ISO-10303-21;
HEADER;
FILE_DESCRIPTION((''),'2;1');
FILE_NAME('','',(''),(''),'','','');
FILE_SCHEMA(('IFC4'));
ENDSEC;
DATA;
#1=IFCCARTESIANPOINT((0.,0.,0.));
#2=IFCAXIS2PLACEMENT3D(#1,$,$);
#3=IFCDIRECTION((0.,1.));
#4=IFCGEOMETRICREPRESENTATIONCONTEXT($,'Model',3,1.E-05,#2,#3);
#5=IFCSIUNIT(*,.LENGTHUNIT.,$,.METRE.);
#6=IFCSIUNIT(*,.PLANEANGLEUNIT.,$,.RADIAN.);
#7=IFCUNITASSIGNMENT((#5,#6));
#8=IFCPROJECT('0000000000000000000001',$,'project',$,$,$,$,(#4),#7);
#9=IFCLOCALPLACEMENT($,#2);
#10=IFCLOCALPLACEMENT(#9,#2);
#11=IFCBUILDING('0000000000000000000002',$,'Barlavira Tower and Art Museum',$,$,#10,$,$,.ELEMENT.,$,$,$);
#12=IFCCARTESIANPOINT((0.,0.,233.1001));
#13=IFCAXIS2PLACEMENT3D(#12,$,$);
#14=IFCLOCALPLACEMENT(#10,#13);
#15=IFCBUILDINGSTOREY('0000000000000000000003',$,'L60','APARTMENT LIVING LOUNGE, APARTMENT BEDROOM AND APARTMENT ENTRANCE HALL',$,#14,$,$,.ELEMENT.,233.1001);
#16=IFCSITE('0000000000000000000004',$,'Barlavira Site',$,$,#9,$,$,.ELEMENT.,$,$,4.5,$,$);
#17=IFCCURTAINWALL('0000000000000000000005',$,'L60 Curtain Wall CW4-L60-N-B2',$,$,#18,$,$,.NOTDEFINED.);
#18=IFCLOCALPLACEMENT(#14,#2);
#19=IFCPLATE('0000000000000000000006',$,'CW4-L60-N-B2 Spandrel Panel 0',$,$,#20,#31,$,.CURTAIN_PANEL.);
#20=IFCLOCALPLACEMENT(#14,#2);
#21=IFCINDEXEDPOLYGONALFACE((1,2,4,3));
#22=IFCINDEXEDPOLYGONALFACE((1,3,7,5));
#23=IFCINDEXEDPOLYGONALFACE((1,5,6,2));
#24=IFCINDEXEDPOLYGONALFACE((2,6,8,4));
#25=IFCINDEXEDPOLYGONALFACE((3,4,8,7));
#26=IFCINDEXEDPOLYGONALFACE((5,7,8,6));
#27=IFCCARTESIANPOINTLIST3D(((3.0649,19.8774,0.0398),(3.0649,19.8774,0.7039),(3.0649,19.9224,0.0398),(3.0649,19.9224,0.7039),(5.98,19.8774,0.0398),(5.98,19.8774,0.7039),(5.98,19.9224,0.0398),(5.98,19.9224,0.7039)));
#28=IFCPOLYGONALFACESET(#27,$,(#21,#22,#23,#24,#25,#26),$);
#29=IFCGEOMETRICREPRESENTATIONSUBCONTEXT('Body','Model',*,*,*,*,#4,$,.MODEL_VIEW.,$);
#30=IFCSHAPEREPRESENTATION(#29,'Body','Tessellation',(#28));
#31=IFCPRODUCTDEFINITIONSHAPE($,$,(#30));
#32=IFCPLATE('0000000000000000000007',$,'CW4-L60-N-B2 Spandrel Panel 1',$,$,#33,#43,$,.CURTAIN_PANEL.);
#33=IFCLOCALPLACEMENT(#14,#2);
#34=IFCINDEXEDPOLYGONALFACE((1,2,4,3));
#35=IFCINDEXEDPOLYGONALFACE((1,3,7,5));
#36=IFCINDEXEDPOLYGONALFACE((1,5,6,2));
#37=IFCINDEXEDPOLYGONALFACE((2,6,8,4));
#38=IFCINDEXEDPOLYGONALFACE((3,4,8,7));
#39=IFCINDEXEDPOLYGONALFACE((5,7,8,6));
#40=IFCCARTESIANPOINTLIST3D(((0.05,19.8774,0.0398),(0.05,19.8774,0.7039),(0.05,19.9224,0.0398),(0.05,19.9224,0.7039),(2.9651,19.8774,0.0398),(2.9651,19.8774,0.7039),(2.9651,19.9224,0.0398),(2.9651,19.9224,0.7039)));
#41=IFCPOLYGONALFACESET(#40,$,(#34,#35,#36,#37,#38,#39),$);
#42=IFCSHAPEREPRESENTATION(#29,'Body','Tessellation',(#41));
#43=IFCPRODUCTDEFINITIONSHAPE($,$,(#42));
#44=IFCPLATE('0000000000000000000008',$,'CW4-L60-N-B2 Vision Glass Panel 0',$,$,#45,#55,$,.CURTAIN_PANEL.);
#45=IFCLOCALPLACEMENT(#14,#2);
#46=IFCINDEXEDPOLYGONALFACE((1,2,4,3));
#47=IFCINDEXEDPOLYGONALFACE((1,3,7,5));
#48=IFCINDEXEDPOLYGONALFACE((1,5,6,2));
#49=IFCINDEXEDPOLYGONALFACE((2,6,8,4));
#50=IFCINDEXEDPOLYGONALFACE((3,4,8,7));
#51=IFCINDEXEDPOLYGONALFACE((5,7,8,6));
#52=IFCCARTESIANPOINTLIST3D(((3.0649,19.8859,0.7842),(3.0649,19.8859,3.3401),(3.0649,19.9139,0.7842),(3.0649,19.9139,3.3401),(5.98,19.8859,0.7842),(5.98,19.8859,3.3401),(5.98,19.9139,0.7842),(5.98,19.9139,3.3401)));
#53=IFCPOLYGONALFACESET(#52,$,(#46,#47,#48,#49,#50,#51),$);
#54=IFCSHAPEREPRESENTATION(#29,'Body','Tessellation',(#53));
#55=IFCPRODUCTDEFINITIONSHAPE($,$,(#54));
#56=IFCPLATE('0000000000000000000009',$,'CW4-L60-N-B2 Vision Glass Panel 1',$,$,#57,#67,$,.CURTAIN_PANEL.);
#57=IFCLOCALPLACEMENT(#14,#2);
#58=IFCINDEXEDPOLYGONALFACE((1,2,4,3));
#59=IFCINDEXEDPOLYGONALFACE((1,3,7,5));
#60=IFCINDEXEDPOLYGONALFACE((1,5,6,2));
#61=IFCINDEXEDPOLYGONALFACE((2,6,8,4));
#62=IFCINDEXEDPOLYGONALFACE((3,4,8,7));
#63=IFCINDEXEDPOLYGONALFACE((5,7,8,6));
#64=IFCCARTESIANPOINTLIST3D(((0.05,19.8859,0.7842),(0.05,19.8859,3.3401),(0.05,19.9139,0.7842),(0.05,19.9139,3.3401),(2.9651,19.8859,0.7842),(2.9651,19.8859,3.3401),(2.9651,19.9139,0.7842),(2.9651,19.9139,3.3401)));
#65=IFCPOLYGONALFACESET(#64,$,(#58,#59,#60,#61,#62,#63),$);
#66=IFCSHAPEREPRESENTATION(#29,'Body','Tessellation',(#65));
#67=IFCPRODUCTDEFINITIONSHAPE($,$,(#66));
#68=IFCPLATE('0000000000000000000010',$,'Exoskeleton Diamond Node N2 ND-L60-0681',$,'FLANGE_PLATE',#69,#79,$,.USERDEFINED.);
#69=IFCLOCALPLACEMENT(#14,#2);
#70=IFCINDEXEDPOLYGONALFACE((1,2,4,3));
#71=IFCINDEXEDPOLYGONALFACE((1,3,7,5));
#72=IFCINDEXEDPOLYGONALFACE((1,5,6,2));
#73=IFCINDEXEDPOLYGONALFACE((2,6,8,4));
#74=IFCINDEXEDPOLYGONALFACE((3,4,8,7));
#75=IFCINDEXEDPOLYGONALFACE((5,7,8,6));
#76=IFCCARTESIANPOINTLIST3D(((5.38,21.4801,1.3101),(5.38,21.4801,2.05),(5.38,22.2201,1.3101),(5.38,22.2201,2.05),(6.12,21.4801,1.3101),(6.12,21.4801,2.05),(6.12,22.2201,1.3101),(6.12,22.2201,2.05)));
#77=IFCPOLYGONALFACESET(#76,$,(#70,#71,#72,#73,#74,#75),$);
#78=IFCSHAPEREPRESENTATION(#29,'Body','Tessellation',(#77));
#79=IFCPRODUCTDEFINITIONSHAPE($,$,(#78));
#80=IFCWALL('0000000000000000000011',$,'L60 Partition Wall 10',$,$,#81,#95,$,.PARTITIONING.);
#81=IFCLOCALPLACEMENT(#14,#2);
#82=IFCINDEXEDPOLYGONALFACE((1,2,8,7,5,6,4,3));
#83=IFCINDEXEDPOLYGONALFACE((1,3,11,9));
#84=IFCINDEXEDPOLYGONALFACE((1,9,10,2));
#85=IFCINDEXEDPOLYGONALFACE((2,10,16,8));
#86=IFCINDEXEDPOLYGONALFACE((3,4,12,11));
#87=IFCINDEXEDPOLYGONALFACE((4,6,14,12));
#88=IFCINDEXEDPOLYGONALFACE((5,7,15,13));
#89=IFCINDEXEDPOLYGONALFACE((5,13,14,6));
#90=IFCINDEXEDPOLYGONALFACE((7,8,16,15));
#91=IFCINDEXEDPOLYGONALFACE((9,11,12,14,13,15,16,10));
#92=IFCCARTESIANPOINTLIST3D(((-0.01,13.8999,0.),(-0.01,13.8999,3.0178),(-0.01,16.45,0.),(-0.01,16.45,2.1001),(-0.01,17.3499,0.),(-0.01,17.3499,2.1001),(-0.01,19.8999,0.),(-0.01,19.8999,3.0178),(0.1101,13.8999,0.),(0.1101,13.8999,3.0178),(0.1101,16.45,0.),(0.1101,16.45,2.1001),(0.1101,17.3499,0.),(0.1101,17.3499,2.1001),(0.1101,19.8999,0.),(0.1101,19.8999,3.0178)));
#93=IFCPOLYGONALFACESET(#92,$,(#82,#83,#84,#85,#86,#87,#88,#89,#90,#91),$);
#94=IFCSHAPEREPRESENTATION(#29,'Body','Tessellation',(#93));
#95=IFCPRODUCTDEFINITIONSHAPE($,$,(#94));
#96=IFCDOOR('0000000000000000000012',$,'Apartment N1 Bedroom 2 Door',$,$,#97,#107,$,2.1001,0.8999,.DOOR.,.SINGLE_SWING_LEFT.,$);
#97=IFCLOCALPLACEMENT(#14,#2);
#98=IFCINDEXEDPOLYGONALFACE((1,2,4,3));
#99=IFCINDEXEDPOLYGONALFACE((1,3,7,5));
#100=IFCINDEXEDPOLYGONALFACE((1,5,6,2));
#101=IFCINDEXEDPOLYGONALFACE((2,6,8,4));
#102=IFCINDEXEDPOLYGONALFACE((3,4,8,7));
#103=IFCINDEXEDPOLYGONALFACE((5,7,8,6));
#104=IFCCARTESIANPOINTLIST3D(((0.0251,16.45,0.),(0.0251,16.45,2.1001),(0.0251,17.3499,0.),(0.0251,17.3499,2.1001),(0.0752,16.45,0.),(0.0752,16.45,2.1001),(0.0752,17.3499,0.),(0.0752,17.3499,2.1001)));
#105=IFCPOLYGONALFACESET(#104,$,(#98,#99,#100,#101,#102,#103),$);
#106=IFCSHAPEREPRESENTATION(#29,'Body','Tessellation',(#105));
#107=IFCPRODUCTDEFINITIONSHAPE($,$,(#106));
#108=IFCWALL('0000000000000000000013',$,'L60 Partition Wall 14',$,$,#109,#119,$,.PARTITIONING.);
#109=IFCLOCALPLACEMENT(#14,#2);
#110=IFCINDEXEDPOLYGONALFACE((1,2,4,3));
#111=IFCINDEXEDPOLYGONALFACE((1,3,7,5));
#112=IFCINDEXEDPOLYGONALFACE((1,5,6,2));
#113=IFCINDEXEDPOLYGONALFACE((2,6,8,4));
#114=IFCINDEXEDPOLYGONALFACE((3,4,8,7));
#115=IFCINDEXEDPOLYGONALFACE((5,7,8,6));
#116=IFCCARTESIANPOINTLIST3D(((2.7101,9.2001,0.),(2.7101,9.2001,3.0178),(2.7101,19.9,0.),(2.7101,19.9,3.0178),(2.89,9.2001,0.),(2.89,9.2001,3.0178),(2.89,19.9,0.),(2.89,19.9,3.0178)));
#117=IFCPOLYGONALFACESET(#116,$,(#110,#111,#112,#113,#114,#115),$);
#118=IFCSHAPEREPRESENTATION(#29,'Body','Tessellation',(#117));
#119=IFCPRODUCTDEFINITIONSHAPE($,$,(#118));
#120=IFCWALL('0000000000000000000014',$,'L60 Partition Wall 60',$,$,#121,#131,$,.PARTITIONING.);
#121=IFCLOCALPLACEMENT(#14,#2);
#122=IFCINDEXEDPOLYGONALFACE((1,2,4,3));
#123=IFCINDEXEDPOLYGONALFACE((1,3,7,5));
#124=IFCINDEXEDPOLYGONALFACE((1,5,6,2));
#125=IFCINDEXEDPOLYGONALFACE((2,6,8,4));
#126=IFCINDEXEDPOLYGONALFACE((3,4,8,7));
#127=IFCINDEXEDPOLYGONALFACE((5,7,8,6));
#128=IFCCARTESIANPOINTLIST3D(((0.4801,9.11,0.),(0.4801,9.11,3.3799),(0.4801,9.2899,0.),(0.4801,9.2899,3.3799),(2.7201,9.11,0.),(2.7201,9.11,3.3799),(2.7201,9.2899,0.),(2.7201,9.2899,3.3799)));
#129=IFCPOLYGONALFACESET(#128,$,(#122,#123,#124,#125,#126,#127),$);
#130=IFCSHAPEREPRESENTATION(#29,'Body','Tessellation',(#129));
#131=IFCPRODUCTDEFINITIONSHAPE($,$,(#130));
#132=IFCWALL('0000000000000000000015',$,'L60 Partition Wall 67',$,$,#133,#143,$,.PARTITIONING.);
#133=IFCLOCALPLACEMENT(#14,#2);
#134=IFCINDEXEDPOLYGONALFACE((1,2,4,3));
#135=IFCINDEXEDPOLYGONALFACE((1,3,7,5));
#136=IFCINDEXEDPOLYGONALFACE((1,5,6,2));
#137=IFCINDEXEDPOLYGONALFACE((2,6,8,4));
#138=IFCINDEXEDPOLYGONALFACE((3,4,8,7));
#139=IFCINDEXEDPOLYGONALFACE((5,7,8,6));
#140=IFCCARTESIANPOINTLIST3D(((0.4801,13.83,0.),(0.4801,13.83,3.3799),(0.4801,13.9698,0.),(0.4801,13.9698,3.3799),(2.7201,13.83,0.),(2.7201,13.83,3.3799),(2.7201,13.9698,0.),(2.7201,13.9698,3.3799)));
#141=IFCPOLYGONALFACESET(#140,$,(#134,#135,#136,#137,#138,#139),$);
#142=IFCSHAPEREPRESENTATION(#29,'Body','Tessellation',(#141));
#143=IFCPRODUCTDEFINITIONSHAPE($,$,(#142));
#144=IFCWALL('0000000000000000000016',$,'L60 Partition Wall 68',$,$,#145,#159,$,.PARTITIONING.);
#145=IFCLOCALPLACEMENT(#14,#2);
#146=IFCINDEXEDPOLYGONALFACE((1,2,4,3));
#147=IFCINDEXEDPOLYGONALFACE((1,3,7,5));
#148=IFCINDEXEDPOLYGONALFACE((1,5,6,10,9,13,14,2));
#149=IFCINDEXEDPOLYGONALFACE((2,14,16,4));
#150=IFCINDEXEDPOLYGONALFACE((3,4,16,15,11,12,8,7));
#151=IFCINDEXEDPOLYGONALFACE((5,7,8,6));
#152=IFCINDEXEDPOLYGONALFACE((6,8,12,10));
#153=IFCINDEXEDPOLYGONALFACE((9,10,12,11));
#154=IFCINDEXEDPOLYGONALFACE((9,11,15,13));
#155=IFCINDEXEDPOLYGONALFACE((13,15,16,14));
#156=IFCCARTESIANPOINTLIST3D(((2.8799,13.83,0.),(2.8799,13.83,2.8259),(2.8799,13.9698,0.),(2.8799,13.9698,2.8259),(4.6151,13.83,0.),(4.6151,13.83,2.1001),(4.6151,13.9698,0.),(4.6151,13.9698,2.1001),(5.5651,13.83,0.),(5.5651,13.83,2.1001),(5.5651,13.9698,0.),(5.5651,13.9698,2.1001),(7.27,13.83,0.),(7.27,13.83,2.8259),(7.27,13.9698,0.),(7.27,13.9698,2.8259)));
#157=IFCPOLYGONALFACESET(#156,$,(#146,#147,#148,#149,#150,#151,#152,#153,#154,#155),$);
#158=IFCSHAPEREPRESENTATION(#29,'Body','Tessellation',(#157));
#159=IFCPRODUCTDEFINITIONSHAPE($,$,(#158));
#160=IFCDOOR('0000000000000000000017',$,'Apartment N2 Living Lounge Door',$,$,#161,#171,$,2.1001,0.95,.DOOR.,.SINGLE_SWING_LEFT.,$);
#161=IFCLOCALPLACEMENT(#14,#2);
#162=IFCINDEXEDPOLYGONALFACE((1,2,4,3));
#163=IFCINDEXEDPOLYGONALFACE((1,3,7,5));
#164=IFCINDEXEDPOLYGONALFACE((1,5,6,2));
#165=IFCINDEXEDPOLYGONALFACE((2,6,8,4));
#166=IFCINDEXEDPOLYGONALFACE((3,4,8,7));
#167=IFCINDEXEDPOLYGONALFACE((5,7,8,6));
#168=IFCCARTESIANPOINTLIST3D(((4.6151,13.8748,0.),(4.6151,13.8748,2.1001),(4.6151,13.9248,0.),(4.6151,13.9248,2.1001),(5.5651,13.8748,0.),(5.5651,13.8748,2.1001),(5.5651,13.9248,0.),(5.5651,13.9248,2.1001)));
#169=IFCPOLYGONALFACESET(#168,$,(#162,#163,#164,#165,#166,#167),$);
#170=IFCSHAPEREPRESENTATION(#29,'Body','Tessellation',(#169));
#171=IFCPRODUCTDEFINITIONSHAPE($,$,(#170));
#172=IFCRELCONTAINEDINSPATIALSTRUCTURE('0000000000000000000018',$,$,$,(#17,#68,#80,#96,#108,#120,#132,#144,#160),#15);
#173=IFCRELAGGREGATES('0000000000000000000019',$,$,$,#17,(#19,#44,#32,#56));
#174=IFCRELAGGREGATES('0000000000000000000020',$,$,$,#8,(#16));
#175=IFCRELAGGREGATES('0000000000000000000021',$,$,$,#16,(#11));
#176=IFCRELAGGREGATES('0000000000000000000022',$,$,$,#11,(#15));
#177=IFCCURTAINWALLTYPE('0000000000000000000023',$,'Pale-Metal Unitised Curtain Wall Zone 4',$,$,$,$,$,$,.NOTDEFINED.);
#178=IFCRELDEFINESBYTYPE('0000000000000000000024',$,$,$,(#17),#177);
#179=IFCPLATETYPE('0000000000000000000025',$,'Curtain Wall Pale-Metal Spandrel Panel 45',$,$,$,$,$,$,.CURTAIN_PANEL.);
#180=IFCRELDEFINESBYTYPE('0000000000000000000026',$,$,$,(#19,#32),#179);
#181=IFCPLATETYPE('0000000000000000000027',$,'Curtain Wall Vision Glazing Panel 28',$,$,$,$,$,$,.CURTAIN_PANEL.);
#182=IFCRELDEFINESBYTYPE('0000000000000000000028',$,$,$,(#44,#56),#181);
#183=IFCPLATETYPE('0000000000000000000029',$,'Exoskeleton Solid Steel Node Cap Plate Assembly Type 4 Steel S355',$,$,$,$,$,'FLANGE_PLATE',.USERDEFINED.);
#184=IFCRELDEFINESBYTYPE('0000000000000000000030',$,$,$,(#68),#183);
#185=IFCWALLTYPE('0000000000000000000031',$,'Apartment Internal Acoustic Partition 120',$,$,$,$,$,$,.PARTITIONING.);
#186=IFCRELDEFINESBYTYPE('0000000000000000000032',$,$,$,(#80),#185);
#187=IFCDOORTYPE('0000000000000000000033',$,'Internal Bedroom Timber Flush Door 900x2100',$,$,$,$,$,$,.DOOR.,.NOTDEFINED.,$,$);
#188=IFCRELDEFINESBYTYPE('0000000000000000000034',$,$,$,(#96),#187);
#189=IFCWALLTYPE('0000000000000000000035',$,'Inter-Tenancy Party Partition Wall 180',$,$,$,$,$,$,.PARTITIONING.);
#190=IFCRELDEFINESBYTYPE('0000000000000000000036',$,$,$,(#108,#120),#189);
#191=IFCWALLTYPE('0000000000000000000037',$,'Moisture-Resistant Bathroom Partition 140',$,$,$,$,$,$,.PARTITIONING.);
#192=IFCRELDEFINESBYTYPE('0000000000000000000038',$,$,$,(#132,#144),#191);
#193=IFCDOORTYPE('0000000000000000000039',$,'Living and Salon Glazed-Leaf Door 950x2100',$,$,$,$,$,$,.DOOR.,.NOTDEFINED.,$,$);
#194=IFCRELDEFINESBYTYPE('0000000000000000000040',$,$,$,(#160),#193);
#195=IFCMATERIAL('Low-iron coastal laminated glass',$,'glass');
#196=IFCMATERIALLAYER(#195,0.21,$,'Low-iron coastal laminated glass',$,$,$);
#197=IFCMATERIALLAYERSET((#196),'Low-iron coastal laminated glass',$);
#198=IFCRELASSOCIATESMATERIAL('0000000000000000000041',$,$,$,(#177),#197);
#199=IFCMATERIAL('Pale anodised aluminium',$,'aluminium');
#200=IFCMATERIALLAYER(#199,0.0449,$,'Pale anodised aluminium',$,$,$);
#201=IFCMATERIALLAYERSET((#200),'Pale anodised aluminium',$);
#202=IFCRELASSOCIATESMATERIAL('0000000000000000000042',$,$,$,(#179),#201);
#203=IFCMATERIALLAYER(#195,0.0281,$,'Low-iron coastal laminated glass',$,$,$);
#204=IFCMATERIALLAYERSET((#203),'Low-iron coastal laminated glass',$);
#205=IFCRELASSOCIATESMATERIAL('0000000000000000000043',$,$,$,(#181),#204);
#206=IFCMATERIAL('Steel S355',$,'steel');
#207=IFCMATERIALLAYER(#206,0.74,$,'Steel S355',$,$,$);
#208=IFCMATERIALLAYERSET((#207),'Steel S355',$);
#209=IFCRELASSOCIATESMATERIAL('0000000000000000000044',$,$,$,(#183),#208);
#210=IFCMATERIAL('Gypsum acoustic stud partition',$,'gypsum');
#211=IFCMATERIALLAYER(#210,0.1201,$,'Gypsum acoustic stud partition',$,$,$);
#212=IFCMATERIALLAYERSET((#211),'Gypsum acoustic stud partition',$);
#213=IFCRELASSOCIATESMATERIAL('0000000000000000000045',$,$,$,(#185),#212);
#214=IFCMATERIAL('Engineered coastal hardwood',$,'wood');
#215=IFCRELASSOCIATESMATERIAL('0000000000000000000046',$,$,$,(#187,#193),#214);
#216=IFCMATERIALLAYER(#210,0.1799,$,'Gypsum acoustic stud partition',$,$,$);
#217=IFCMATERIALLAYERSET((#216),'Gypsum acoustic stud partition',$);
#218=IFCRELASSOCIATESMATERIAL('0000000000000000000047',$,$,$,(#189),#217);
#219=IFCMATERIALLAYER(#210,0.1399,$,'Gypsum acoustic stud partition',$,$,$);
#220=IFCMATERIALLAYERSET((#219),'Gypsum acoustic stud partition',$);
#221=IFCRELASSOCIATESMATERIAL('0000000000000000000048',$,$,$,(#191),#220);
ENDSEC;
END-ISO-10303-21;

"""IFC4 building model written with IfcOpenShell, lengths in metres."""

from ifc_helpers import new_model, si_unit, direction, frame, frame_2d, origin, origin_2d, place, context, subcontext, project, spatial, rectangle, extrude, material, layer, layer_set, type_object, element, fill, aggregate, save


model = new_model("IFC4")

# Units and contexts
model_context = context("Model", 3, precision=1e-05, world=origin(), true_north=direction((0.0, 1.0)))
body_context = subcontext(model_context, "Body", "Model", "MODEL_VIEW")
ifc_project = project(units=[si_unit("LENGTHUNIT", "METRE"), si_unit("PLANEANGLEUNIT", "RADIAN")], contexts=[model_context])

# Site, building, storey
site_placement = place(None, origin())
site = spatial("IfcSite", under=ifc_project, at=site_placement, Name="Barlavira Site", CompositionType="ELEMENT", RefElevation=4.5)
building_placement = place(site_placement, origin())
building = spatial("IfcBuilding", under=site, at=building_placement, Name="Barlavira Tower and Art Museum", CompositionType="ELEMENT")
storey_placement = place(building_placement, frame((0.0, 0.0, 233.1001)))
storey = spatial("IfcBuildingStorey", under=building, at=storey_placement, Name="L60", Description="APARTMENT LIVING LOUNGE, APARTMENT BEDROOM AND APARTMENT ENTRANCE HALL", CompositionType="ELEMENT", Elevation=233.1001)

# Curtain wall
ifc_material_1 = material(Name="Low-iron coastal laminated glass", Category="glass")
ifc_layer_1 = layer(ifc_material_1, 0.21, Name="Low-iron coastal laminated glass")
ifc_layer_set_1 = layer_set([ifc_layer_1], Name="Low-iron coastal laminated glass")
curtain_wall_type = type_object("IfcCurtainWallType", Name="Pale-Metal Unitised Curtain Wall Zone 4", PredefinedType="NOTDEFINED", material=ifc_layer_set_1)
curtain_wall_placement = place(storey_placement, origin())
curtain_wall = element("IfcCurtainWall", 1, at=curtain_wall_placement, inside=storey, type_object=curtain_wall_type, Name="L60 Curtain Wall CW4-L60-N-B2", PredefinedType="NOTDEFINED")
ifc_material_2 = material(Name="Pale anodised aluminium", Category="aluminium")

# Shared definitions
ifc_material_3 = material(Name="Steel S355", Category="steel")

# Plates
ifc_layer_2 = layer(ifc_material_2, 0.0449, Name="Pale anodised aluminium")
ifc_layer_set_2 = layer_set([ifc_layer_2], Name="Pale anodised aluminium")
plate_type_1 = type_object("IfcPlateType", Name="Curtain Wall Pale-Metal Spandrel Panel 45", PredefinedType="CURTAIN_PANEL", material=ifc_layer_set_2)
plate_1_placement = place(storey_placement, frame((4.5225, 19.8999, 0.0398), z_axis=(0.0, 0.0, 1.0), x_axis=(-1.0, 0.0, 0.0)))
plate_1 = element("IfcPlate", 2, at=plate_1_placement, type_object=plate_type_1, Name="CW4-L60-N-B2 Spandrel Panel 0", PredefinedType="CURTAIN_PANEL", context=body_context, shape_type="SweptSolid", body=[
    extrude(rectangle(XDim=2.915, YDim=0.0449, at=origin_2d()), origin(), (0.0, 0.0, 1.0), 0.6641),
])
plate_2_placement = place(storey_placement, frame((1.5076, 19.8999, 0.0398), z_axis=(0.0, 0.0, 1.0), x_axis=(-1.0, 0.0, 0.0)))
plate_2 = element("IfcPlate", 3, at=plate_2_placement, type_object=plate_type_1, Name="CW4-L60-N-B2 Spandrel Panel 1", PredefinedType="CURTAIN_PANEL", context=body_context, shape_type="SweptSolid", body=[
    extrude(rectangle(XDim=2.915, YDim=0.0449, at=origin_2d()), origin(), (0.0, 0.0, 1.0), 0.6641),
])
ifc_layer_3 = layer(ifc_material_1, 0.0281, Name="Low-iron coastal laminated glass")
ifc_layer_set_3 = layer_set([ifc_layer_3], Name="Low-iron coastal laminated glass")
plate_type_2 = type_object("IfcPlateType", Name="Curtain Wall Vision Glazing Panel 28", PredefinedType="CURTAIN_PANEL", material=ifc_layer_set_3)
plate_3_placement = place(storey_placement, frame((4.5225, 19.8999, 0.7842), z_axis=(0.0, 0.0, 1.0), x_axis=(-1.0, 0.0, 0.0)))
plate_3 = element("IfcPlate", 4, at=plate_3_placement, type_object=plate_type_2, Name="CW4-L60-N-B2 Vision Glass Panel 0", PredefinedType="CURTAIN_PANEL", context=body_context, shape_type="SweptSolid", body=[
    extrude(rectangle(XDim=2.915, YDim=0.0281, at=origin_2d()), origin(), (0.0, 0.0, 1.0), 2.5559),
])
plate_4_placement = place(storey_placement, frame((1.5076, 19.8999, 0.7842), z_axis=(0.0, 0.0, 1.0), x_axis=(-1.0, 0.0, 0.0)))
plate_4 = element("IfcPlate", 5, at=plate_4_placement, type_object=plate_type_2, Name="CW4-L60-N-B2 Vision Glass Panel 1", PredefinedType="CURTAIN_PANEL", context=body_context, shape_type="SweptSolid", body=[
    extrude(rectangle(XDim=2.915, YDim=0.0281, at=origin_2d()), origin(), (0.0, 0.0, 1.0), 2.5559),
])
aggregate(curtain_wall, [plate_1, plate_3, plate_2, plate_4])
ifc_layer_4 = layer(ifc_material_3, 0.74, Name="Steel S355")
ifc_layer_set_4 = layer_set([ifc_layer_4], Name="Steel S355")
plate_type_3 = type_object("IfcPlateType", Name="Exoskeleton Solid Steel Node Cap Plate Assembly Type 4 Steel S355", ElementType="FLANGE_PLATE", PredefinedType="USERDEFINED", material=ifc_layer_set_4)
plate_5_placement = place(storey_placement, frame((5.75, 21.8501, 1.3101), z_axis=(0.0, 0.0, 1.0), x_axis=(1.0, 0.0, 0.0)))
element("IfcPlate", 6, at=plate_5_placement, inside=storey, type_object=plate_type_3, Name="Exoskeleton Diamond Node N2 ND-L60-0681", ObjectType="FLANGE_PLATE", PredefinedType="USERDEFINED", context=body_context, shape_type="SweptSolid", body=[
    extrude(rectangle(XDim=0.74, YDim=0.74, at=origin_2d()), origin(), (0.0, 0.0, 1.0), 0.74),
])

# Wall, opening, door
ifc_material_4 = material(Name="Gypsum acoustic stud partition", Category="gypsum")
ifc_layer_5 = layer(ifc_material_4, 0.1201, Name="Gypsum acoustic stud partition")
ifc_layer_set_5 = layer_set([ifc_layer_5], Name="Gypsum acoustic stud partition")
wall_type_1 = type_object("IfcWallType", Name="Apartment Internal Acoustic Partition 120", PredefinedType="PARTITIONING", material=ifc_layer_set_5)
wall_1_placement = place(storey_placement, frame((0.05, 13.8999, 0.0), z_axis=(0.0, 0.0, 1.0), x_axis=(0.0, 1.0, 0.0)))
wall_1 = element("IfcWall", 7, at=wall_1_placement, inside=storey, type_object=wall_type_1, Name="L60 Partition Wall 10", PredefinedType="PARTITIONING", context=body_context, shape_type="SweptSolid", body=[
    extrude(rectangle(XDim=6.0, YDim=0.1201, at=frame_2d((3.0, 0.0))), origin(), (0.0, 0.0, 1.0), 3.0178),
])
opening_1_placement = place(wall_1_placement, frame((2.55, 0.0, 0.0)))
opening_1 = element("IfcOpeningElement", 8, at=opening_1_placement, cuts=wall_1, PredefinedType="OPENING", context=body_context, shape_type="SweptSolid", body=[
    extrude(rectangle(XDim=0.8999, YDim=2.1001, at=frame_2d((0.45, 1.05))), frame((0.0, 0.0701, 0.0), z_axis=(0.0, -1.0, 0.0), x_axis=(1.0, 0.0, 0.0)), (0.0, 0.0, 1.0), 0.1401),
])
ifc_material_5 = material(Name="Engineered coastal hardwood", Category="wood")
door_type_1 = type_object("IfcDoorType", Name="Internal Bedroom Timber Flush Door 900x2100", OperationType="NOTDEFINED", PredefinedType="DOOR", material=ifc_material_5)
door_1_placement = place(opening_1_placement, origin())
door_1 = element("IfcDoor", 9, at=door_1_placement, inside=storey, type_object=door_type_1, Name="Apartment N1 Bedroom 2 Door", OperationType="SINGLE_SWING_LEFT", OverallHeight=2.1001, OverallWidth=0.8999, PredefinedType="DOOR", context=body_context, shape_type="SweptSolid", body=[
    extrude(rectangle(XDim=0.8999, YDim=2.1001, at=frame_2d((0.45, 1.05))), frame((0.0, 0.0249, 0.0), z_axis=(0.0, -1.0, 0.0), x_axis=(1.0, 0.0, 0.0)), (0.0, 0.0, 1.0), 0.05),
])
fill(opening_1, door_1)

# Walls
ifc_layer_6 = layer(ifc_material_4, 0.1799, Name="Gypsum acoustic stud partition")
ifc_layer_set_6 = layer_set([ifc_layer_6], Name="Gypsum acoustic stud partition")
wall_type_2 = type_object("IfcWallType", Name="Inter-Tenancy Party Partition Wall 180", PredefinedType="PARTITIONING", material=ifc_layer_set_6)
wall_2_placement = place(storey_placement, frame((2.8, 9.2, 0.0), z_axis=(0.0, 0.0, 1.0), x_axis=(0.0, 1.0, 0.0)))
element("IfcWall", 10, at=wall_2_placement, inside=storey, type_object=wall_type_2, Name="L60 Partition Wall 14", PredefinedType="PARTITIONING", context=body_context, shape_type="SweptSolid", body=[
    extrude(rectangle(XDim=10.7, YDim=0.1799, at=frame_2d((5.3501, 0.0))), origin(), (0.0, 0.0, 1.0), 3.0178),
])
wall_3_placement = place(storey_placement, frame((0.48, 9.2, 0.0), z_axis=(0.0, 0.0, 1.0), x_axis=(1.0, 0.0, 0.0)))
element("IfcWall", 11, at=wall_3_placement, inside=storey, type_object=wall_type_2, Name="L60 Partition Wall 60", PredefinedType="PARTITIONING", context=body_context, shape_type="SweptSolid", body=[
    extrude(rectangle(XDim=2.24, YDim=0.1799, at=frame_2d((1.1201, 0.0))), origin(), (0.0, 0.0, 1.0), 3.3799),
])

# Wall
ifc_layer_7 = layer(ifc_material_4, 0.1399, Name="Gypsum acoustic stud partition")
ifc_layer_set_7 = layer_set([ifc_layer_7], Name="Gypsum acoustic stud partition")
wall_type_3 = type_object("IfcWallType", Name="Moisture-Resistant Bathroom Partition 140", PredefinedType="PARTITIONING", material=ifc_layer_set_7)
wall_4_placement = place(storey_placement, frame((0.48, 13.8999, 0.0), z_axis=(0.0, 0.0, 1.0), x_axis=(1.0, 0.0, 0.0)))
element("IfcWall", 12, at=wall_4_placement, inside=storey, type_object=wall_type_3, Name="L60 Partition Wall 67", PredefinedType="PARTITIONING", context=body_context, shape_type="SweptSolid", body=[
    extrude(rectangle(XDim=2.24, YDim=0.1399, at=frame_2d((1.1201, 0.0))), origin(), (0.0, 0.0, 1.0), 3.3799),
])

# Wall, opening, door
wall_5_placement = place(storey_placement, frame((2.8799, 13.8999, 0.0), z_axis=(0.0, 0.0, 1.0), x_axis=(1.0, 0.0, 0.0)))
wall_5 = element("IfcWall", 13, at=wall_5_placement, inside=storey, type_object=wall_type_3, Name="L60 Partition Wall 68", PredefinedType="PARTITIONING", context=body_context, shape_type="SweptSolid", body=[
    extrude(rectangle(XDim=4.3901, YDim=0.1399, at=frame_2d((2.1951, 0.0))), origin(), (0.0, 0.0, 1.0), 2.8259),
])
opening_2_placement = place(wall_5_placement, frame((1.7351, 0.0, 0.0)))
opening_2 = element("IfcOpeningElement", 14, at=opening_2_placement, cuts=wall_5, PredefinedType="OPENING", context=body_context, shape_type="SweptSolid", body=[
    extrude(rectangle(XDim=0.95, YDim=2.1001, at=frame_2d((0.4751, 1.05))), frame((0.0, 0.0801, 0.0), z_axis=(0.0, -1.0, 0.0), x_axis=(1.0, 0.0, 0.0)), (0.0, 0.0, 1.0), 0.1599),
])
door_type_2 = type_object("IfcDoorType", Name="Living and Salon Glazed-Leaf Door 950x2100", OperationType="NOTDEFINED", PredefinedType="DOOR", material=ifc_material_5)
door_2_placement = place(opening_2_placement, origin())
door_2 = element("IfcDoor", 15, at=door_2_placement, inside=storey, type_object=door_type_2, Name="Apartment N2 Living Lounge Door", OperationType="SINGLE_SWING_LEFT", OverallHeight=2.1001, OverallWidth=0.95, PredefinedType="DOOR", context=body_context, shape_type="SweptSolid", body=[
    extrude(rectangle(XDim=0.95, YDim=2.1001, at=frame_2d((0.4751, 1.05))), frame((0.0, 0.0249, 0.0), z_axis=(0.0, -1.0, 0.0), x_axis=(1.0, 0.0, 0.0)), (0.0, 0.0, 1.0), 0.05),
])
fill(opening_2, door_2)

save(model, "model.ifc")
